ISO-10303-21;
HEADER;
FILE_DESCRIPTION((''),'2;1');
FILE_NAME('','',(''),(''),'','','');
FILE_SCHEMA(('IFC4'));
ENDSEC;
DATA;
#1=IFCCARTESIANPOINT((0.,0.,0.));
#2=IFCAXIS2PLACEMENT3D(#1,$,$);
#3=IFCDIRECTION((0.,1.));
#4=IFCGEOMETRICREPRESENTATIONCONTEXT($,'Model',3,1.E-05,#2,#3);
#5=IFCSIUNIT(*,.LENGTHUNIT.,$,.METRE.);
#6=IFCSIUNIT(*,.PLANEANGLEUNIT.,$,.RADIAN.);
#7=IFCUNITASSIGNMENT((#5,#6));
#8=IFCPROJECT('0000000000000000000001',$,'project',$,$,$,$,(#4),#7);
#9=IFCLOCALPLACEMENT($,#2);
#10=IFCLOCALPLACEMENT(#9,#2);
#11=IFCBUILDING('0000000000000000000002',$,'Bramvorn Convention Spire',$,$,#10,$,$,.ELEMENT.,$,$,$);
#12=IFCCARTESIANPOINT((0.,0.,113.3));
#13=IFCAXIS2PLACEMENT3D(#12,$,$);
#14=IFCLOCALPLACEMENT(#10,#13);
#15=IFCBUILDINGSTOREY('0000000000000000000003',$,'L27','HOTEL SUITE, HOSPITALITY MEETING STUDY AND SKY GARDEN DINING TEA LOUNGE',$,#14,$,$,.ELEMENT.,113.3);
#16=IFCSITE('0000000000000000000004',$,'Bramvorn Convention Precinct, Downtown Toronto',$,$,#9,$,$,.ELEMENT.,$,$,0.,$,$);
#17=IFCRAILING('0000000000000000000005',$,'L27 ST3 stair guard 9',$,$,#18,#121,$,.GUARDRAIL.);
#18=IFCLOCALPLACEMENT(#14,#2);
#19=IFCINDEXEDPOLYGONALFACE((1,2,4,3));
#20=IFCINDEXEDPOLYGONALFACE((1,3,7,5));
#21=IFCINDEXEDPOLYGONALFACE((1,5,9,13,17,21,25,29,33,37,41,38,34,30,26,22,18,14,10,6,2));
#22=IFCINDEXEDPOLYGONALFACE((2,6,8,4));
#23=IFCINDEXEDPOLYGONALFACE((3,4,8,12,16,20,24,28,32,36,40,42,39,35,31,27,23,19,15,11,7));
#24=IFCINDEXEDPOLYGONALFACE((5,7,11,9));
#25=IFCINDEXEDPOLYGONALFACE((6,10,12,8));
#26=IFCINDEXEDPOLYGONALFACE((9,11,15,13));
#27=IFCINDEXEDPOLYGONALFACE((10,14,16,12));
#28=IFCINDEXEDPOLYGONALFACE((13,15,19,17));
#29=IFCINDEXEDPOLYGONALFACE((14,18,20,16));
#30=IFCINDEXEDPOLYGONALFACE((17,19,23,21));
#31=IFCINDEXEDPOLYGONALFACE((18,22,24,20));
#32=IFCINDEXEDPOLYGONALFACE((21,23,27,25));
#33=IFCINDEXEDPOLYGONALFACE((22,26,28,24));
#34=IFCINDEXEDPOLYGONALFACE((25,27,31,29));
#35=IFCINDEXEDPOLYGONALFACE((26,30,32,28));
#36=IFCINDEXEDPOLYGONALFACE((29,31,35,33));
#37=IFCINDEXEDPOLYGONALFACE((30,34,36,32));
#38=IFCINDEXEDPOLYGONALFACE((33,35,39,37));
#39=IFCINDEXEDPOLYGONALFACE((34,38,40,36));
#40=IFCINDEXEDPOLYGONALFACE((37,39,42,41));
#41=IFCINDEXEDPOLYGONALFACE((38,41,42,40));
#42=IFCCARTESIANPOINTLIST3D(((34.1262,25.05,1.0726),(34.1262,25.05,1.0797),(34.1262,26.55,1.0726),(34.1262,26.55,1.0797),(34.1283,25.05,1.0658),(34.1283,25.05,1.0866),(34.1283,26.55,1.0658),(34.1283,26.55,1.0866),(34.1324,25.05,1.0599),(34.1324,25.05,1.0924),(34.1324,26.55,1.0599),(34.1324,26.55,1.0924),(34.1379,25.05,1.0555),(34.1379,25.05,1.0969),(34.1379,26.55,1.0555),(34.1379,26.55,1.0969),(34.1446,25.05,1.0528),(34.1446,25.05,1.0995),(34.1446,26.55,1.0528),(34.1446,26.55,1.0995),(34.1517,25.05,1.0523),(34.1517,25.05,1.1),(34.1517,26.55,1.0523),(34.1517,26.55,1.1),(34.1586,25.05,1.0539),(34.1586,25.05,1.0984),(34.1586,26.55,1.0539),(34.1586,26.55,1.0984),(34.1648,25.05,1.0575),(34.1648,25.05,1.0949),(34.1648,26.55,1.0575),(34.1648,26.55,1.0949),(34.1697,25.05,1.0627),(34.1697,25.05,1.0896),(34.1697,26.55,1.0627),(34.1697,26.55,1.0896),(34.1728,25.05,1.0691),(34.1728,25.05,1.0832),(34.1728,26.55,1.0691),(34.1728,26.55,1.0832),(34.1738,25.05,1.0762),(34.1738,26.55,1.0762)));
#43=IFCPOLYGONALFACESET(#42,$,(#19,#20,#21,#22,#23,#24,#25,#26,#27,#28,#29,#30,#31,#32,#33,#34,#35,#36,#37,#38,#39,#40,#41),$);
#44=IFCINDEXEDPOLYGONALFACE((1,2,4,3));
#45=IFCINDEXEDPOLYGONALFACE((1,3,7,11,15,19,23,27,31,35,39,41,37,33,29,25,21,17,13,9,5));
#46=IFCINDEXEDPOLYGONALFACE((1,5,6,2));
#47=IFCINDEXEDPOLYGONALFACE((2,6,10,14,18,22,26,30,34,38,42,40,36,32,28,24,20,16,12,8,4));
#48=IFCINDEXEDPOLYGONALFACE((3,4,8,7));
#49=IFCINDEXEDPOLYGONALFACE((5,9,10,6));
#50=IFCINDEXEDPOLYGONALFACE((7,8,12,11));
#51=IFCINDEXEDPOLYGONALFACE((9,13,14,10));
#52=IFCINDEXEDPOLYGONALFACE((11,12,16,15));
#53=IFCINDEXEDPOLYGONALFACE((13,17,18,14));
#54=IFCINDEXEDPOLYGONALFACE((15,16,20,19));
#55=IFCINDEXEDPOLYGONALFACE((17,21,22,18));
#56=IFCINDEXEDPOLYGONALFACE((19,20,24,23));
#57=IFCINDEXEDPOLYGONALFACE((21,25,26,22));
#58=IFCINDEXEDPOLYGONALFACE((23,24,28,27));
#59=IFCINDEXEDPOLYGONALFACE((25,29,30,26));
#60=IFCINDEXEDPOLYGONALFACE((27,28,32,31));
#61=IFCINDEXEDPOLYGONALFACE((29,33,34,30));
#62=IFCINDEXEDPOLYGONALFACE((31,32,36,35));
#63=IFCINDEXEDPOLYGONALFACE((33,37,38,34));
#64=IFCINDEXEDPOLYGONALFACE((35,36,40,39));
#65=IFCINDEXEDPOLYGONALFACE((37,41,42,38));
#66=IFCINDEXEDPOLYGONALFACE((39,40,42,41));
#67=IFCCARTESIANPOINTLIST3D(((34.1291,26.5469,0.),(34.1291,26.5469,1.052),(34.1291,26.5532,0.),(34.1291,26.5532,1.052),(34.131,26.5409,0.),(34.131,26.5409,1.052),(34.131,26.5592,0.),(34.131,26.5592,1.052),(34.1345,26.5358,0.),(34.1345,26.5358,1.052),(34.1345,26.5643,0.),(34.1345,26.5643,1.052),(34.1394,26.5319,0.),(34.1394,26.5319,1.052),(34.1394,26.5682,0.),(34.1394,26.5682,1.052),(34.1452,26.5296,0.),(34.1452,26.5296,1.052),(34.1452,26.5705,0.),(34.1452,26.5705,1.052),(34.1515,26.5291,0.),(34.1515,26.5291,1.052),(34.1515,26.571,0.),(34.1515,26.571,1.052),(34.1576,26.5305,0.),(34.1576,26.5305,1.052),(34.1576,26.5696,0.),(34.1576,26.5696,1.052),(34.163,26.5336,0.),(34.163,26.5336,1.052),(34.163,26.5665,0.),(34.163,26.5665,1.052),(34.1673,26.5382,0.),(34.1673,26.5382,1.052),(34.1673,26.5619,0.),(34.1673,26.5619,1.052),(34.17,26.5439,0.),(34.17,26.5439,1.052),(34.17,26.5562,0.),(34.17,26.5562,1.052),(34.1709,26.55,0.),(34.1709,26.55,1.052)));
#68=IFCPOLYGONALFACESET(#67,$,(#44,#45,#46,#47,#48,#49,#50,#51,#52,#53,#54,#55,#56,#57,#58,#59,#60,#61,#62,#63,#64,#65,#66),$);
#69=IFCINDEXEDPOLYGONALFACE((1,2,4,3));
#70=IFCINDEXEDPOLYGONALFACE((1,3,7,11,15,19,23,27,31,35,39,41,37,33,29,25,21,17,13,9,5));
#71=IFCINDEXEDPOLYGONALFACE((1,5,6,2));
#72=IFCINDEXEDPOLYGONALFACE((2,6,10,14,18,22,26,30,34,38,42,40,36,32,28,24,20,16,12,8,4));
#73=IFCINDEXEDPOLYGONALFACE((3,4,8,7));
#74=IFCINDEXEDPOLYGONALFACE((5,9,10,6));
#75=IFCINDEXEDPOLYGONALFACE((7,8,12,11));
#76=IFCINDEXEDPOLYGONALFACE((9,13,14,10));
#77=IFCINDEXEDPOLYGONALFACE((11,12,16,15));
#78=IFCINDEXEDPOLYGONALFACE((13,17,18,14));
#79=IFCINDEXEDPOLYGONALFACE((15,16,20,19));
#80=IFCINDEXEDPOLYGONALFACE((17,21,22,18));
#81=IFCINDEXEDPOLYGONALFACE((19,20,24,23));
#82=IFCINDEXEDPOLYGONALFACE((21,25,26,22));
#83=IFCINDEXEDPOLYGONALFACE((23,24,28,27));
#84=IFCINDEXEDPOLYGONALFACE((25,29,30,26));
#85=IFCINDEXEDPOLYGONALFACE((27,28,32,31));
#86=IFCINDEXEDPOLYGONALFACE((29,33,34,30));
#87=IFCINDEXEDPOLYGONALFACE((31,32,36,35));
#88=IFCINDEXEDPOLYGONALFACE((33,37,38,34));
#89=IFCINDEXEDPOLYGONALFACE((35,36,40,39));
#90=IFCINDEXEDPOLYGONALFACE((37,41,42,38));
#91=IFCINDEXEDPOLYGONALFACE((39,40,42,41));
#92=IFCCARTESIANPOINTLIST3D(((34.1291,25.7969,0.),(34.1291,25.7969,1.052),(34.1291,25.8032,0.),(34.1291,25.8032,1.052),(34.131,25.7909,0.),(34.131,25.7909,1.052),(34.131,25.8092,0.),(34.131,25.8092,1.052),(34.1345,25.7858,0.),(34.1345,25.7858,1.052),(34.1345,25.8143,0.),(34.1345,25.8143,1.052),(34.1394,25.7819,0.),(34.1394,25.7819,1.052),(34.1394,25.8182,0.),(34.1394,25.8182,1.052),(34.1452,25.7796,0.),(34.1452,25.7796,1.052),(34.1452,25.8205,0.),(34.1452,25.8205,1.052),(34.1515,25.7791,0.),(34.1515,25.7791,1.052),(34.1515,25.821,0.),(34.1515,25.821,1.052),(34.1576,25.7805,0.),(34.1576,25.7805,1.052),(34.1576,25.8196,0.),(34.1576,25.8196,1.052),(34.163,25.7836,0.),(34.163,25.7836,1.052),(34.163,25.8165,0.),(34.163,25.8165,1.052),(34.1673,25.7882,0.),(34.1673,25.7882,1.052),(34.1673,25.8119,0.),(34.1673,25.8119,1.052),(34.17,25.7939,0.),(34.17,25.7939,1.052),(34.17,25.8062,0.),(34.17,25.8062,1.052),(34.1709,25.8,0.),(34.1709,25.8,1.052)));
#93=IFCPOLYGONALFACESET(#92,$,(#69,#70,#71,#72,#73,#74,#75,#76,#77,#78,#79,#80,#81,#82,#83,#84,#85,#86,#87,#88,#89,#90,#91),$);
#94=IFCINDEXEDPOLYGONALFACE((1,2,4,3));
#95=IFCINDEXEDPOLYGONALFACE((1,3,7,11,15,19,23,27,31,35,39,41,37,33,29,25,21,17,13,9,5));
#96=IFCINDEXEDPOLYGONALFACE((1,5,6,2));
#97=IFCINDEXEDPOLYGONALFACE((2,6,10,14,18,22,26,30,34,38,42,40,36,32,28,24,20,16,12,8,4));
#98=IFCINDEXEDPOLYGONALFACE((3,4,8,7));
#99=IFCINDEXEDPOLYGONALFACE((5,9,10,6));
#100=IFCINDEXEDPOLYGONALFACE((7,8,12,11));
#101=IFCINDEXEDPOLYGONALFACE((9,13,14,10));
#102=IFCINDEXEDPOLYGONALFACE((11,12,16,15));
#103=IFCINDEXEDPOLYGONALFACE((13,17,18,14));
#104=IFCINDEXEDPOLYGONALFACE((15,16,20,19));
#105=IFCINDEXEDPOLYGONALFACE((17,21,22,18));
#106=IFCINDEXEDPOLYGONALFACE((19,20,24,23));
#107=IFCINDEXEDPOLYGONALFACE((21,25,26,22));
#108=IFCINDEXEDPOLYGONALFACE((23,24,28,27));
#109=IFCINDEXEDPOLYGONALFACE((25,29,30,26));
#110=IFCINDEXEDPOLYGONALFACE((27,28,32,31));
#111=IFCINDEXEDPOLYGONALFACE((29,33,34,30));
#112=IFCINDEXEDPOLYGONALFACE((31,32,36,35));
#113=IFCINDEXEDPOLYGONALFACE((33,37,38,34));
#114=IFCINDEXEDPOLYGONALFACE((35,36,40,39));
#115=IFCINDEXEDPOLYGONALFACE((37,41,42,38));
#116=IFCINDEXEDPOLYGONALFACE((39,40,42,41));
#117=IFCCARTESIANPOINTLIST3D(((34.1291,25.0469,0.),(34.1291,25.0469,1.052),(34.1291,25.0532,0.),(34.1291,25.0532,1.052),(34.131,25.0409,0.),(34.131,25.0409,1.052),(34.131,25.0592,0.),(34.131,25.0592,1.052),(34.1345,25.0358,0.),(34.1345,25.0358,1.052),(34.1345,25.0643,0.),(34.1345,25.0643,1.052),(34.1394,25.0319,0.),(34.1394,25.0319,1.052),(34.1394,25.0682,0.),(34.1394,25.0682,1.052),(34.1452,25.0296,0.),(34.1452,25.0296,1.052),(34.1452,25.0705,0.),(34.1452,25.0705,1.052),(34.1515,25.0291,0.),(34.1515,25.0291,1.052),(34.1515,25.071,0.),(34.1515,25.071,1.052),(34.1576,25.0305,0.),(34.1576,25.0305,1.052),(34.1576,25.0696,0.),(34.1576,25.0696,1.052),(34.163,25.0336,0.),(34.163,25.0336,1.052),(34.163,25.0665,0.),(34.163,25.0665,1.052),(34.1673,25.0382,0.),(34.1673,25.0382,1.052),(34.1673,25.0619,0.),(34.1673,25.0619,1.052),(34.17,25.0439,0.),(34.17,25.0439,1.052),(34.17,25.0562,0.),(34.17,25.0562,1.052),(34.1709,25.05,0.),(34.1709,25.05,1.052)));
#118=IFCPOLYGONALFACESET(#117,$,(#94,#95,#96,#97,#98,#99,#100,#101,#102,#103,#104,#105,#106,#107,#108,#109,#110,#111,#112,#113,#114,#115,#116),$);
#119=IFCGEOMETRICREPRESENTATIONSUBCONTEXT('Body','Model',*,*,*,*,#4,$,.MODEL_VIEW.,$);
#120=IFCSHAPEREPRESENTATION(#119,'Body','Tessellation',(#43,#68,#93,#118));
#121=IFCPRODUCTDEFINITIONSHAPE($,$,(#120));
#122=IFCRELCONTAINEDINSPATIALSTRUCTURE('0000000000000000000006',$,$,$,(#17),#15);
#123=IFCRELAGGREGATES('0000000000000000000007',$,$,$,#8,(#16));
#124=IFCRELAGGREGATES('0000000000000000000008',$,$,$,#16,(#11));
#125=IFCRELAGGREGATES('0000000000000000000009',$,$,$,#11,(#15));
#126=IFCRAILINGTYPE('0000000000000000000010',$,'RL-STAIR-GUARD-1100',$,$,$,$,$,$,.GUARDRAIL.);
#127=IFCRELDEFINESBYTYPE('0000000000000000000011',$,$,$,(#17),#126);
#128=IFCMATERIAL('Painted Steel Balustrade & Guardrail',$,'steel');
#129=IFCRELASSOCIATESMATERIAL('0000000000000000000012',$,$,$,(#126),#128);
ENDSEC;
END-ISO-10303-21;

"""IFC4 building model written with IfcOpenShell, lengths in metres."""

from ifc_helpers import new_model, si_unit, direction, frame, origin, origin_2d, place, context, subcontext, project, spatial, circle, extrude, material, type_object, element, save


model = new_model("IFC4")

# Units and contexts
model_context = context("Model", 3, precision=1e-05, world=origin(), true_north=direction((0.0, 1.0)))
body_context = subcontext(model_context, "Body", "Model", "MODEL_VIEW")
ifc_project = project(units=[si_unit("LENGTHUNIT", "METRE"), si_unit("PLANEANGLEUNIT", "RADIAN")], contexts=[model_context])

# Site, building, storey
site_placement = place(None, origin())
site = spatial("IfcSite", under=ifc_project, at=site_placement, Name="Bramvorn Convention Precinct, Downtown Toronto", CompositionType="ELEMENT", RefElevation=0.0)
building_placement = place(site_placement, origin())
building = spatial("IfcBuilding", under=site, at=building_placement, Name="Bramvorn Convention Spire", CompositionType="ELEMENT")
storey_placement = place(building_placement, frame((0.0, 0.0, 113.3)))
storey = spatial("IfcBuildingStorey", under=building, at=storey_placement, Name="L27", Description="HOTEL SUITE, HOSPITALITY MEETING STUDY AND SKY GARDEN DINING TEA LOUNGE", CompositionType="ELEMENT", Elevation=113.3)

# Railing
ifc_material_1 = material(Name="Painted Steel Balustrade & Guardrail", Category="steel")
railing_type_1 = type_object("IfcRailingType", Name="RL-STAIR-GUARD-1100", PredefinedType="GUARDRAIL", material=ifc_material_1)
railing_1_placement = place(storey_placement, frame((34.1499, 26.55, 0.0)))
element("IfcRailing", 1, at=railing_1_placement, inside=storey, type_object=railing_type_1, Name="L27 ST3 stair guard 9", PredefinedType="GUARDRAIL", context=body_context, shape_type="SweptSolid", body=[
    extrude(circle(Radius=0.0239, at=origin_2d()), frame((0.0, 0.0, 1.0762), z_axis=(0.0, -1.0, 0.0), x_axis=(1.0, 0.0, 0.0)), (0.0, 0.0, 1.0), 1.5),
    extrude(circle(Radius=0.021, at=origin_2d()), origin(), (0.0, 0.0, 1.0), 1.052),
    extrude(circle(Radius=0.021, at=origin_2d()), frame((0.0, -0.75, 0.0)), (0.0, 0.0, 1.0), 1.052),
    extrude(circle(Radius=0.021, at=origin_2d()), frame((0.0, -1.5, 0.0)), (0.0, 0.0, 1.0), 1.052),
])

save(model, "model.ifc")
